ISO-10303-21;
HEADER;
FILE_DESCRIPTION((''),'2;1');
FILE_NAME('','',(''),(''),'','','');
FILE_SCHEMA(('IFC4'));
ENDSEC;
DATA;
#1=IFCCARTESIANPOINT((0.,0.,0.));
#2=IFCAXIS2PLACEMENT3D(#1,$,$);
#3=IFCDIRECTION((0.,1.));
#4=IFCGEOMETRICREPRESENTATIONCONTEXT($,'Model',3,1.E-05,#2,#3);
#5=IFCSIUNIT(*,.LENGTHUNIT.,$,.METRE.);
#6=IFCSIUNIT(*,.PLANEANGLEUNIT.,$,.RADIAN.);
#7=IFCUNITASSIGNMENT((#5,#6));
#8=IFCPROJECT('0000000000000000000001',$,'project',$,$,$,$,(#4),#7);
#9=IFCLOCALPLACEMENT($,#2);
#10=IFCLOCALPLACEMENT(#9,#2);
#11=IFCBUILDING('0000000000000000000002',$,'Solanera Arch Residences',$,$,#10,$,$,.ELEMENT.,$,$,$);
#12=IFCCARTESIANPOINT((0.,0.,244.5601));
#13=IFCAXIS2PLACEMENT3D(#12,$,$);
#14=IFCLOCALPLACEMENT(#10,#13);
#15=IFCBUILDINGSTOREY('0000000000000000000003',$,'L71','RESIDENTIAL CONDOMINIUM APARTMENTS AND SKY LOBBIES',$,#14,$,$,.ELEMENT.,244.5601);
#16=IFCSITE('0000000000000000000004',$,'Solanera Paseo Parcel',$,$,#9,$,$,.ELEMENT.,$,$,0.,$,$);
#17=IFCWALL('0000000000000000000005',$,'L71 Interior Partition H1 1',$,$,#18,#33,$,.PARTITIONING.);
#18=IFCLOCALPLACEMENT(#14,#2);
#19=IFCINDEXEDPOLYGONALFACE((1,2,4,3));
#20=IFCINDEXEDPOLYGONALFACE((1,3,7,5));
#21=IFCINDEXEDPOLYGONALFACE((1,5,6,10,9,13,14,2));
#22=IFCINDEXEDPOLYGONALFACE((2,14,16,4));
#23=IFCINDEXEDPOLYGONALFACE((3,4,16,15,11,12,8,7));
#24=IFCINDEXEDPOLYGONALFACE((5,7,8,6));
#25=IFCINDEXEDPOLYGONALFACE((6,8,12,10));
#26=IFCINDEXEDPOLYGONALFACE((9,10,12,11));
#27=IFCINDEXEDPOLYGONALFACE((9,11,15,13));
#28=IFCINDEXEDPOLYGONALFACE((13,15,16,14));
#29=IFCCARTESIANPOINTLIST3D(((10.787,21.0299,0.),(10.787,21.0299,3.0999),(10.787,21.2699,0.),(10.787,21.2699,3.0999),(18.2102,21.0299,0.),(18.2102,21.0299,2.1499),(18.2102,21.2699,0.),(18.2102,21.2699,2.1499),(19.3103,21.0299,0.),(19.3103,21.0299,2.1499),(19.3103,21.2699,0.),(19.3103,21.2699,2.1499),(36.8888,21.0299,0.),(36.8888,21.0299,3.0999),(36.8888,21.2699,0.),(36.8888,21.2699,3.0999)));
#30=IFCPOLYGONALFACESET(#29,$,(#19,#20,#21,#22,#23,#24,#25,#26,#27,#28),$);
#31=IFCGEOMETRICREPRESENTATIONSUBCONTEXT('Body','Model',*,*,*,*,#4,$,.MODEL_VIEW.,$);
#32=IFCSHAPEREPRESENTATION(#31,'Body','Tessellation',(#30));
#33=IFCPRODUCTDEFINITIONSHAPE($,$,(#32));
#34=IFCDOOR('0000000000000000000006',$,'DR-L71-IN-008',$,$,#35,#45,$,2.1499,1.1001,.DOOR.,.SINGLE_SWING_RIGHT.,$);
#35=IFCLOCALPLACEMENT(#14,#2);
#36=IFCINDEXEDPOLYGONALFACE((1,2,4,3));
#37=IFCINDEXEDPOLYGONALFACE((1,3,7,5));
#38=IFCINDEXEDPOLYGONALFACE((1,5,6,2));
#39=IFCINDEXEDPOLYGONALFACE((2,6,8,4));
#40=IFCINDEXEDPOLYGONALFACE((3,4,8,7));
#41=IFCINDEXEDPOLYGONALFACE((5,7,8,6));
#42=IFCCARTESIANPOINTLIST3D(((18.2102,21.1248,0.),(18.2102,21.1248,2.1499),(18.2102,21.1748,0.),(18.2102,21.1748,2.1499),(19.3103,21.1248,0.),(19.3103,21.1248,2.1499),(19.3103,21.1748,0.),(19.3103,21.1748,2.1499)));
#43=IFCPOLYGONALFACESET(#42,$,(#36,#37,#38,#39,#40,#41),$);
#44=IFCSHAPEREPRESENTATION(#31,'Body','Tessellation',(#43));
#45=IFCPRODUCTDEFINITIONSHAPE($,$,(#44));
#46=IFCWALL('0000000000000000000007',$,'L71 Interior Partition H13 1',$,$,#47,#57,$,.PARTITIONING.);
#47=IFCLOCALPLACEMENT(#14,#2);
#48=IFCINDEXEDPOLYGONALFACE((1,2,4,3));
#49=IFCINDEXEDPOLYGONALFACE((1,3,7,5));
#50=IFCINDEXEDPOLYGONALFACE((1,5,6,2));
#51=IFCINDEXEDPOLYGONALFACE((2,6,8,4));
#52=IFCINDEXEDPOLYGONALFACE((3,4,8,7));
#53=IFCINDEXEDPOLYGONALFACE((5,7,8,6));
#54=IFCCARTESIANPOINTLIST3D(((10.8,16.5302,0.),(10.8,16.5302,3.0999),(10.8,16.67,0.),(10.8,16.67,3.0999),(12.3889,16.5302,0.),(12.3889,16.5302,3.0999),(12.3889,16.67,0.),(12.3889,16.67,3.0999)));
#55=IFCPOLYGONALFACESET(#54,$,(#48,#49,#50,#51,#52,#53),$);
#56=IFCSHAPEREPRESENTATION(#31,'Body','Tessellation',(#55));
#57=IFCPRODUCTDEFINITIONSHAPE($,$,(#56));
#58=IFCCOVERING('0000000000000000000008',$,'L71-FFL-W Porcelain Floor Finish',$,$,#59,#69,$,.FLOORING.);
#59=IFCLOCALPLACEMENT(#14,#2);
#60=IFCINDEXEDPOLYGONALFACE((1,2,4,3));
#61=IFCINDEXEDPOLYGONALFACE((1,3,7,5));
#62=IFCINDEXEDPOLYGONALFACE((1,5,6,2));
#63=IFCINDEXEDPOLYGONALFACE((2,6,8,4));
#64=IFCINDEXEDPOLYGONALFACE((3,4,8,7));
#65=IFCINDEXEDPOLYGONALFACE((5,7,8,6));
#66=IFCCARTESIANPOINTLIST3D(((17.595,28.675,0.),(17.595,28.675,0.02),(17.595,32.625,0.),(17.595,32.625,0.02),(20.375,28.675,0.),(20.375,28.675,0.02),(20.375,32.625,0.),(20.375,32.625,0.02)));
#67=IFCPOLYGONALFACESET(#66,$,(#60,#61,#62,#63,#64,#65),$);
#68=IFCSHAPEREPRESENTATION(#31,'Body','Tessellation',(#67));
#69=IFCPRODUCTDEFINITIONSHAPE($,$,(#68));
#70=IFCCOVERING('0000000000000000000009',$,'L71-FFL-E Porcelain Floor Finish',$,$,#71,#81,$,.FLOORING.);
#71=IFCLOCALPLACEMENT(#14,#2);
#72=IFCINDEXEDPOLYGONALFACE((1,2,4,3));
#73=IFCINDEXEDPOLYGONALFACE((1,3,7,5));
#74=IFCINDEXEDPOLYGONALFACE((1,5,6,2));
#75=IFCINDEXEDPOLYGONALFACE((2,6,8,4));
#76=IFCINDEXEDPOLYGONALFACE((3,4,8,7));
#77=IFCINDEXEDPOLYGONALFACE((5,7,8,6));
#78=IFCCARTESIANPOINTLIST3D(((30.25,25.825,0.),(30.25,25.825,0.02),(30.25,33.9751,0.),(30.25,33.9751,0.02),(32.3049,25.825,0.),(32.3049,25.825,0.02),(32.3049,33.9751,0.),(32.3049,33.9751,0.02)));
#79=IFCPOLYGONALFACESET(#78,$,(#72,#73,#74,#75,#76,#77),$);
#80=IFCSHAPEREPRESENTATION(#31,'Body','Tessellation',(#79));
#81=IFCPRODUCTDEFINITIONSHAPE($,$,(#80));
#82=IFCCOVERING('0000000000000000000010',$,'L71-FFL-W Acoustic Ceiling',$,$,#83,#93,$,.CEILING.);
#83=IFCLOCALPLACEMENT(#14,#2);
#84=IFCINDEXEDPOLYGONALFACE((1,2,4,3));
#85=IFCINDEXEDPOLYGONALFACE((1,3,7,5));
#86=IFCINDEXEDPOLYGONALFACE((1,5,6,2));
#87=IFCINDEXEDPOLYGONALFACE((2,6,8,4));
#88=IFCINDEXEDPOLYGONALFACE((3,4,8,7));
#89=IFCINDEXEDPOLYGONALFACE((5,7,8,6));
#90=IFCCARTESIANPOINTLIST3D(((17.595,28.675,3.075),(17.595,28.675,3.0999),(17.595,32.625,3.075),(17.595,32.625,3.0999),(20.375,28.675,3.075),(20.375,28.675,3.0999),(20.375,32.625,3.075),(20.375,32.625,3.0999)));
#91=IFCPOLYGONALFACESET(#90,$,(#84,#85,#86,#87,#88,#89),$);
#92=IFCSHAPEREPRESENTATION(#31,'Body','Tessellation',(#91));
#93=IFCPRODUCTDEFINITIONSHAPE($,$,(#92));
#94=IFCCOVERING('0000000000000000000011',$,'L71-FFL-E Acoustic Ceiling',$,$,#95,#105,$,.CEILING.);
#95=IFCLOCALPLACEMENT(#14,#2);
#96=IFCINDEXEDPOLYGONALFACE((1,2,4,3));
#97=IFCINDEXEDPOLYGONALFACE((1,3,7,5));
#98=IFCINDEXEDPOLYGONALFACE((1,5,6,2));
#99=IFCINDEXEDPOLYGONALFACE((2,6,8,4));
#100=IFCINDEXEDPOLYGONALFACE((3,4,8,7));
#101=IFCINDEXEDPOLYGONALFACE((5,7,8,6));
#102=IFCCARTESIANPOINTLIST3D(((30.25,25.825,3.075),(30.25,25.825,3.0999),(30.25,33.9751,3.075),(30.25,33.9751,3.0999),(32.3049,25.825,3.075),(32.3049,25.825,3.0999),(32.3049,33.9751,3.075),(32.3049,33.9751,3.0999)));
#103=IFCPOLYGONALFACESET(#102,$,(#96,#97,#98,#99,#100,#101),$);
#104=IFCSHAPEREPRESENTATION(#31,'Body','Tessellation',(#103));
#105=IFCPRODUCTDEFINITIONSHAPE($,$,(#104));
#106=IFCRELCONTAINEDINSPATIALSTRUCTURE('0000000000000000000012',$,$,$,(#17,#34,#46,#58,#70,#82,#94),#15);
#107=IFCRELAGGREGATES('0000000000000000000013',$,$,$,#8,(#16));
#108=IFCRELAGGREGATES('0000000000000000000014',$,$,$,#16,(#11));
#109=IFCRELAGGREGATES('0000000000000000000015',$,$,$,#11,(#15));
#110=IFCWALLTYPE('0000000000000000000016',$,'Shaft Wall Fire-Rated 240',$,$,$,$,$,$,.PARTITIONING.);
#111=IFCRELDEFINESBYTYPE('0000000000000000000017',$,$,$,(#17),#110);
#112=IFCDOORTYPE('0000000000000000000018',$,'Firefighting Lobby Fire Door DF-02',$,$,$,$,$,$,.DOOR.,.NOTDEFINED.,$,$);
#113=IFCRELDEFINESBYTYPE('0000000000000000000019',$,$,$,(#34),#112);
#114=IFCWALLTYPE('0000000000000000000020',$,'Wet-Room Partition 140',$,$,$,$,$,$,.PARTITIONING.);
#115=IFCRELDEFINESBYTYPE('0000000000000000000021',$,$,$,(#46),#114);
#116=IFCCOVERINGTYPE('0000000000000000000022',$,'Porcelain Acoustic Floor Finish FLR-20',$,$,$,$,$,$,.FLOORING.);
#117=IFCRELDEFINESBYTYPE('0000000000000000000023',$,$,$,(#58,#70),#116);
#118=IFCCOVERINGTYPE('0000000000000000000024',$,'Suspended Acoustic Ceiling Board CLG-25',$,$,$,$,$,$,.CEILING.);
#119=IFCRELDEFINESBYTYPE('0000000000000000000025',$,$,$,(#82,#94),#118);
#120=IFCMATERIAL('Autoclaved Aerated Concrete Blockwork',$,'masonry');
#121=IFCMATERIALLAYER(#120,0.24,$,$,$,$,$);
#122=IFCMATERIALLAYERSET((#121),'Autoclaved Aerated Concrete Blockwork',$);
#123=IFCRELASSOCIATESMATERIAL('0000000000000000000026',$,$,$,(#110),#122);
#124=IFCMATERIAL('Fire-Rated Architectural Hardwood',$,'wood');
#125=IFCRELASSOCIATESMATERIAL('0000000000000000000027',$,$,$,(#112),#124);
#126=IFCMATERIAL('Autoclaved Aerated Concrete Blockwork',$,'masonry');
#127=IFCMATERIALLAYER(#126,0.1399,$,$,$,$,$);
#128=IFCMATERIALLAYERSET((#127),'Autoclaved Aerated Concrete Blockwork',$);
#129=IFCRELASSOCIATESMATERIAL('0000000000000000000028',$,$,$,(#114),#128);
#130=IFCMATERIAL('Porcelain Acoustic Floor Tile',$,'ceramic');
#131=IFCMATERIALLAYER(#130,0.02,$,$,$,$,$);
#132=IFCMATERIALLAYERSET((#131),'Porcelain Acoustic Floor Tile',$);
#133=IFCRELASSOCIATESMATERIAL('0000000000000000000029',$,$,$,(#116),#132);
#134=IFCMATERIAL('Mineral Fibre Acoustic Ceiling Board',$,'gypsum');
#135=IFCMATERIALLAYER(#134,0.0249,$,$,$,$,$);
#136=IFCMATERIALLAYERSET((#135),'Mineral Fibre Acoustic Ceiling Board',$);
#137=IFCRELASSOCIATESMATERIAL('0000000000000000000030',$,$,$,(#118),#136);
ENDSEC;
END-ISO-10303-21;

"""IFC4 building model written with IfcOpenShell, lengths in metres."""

from ifc_helpers import new_model, si_unit, direction, frame, frame_2d, origin, place, context, subcontext, project, spatial, polyline, rectangle, outline, extrude, material, layer, layer_set, type_object, element, fill, save


model = new_model("IFC4")

# Units and contexts
model_context = context("Model", 3, precision=1e-05, world=origin(), true_north=direction((0.0, 1.0)))
body_context = subcontext(model_context, "Body", "Model", "MODEL_VIEW")
ifc_project = project(units=[si_unit("LENGTHUNIT", "METRE"), si_unit("PLANEANGLEUNIT", "RADIAN")], contexts=[model_context])

# Site, building, storey
site_placement = place(None, origin())
site = spatial("IfcSite", under=ifc_project, at=site_placement, Name="Solanera Paseo Parcel", CompositionType="ELEMENT", RefElevation=0.0)
building_placement = place(site_placement, origin())
building = spatial("IfcBuilding", under=site, at=building_placement, Name="Solanera Arch Residences", CompositionType="ELEMENT")
storey_placement = place(building_placement, frame((0.0, 0.0, 244.5601)))
storey = spatial("IfcBuildingStorey", under=building, at=storey_placement, Name="L71", Description="RESIDENTIAL CONDOMINIUM APARTMENTS AND SKY LOBBIES", CompositionType="ELEMENT", Elevation=244.5601)

# Wall, opening, door
ifc_material_1 = material(Name="Autoclaved Aerated Concrete Blockwork", Category="masonry")
ifc_layer_1 = layer(ifc_material_1, 0.24)
ifc_layer_set_1 = layer_set([ifc_layer_1], Name="Autoclaved Aerated Concrete Blockwork")
wall_type_1 = type_object("IfcWallType", Name="Shaft Wall Fire-Rated 240", PredefinedType="PARTITIONING", material=ifc_layer_set_1)
wall_1_placement = place(storey_placement, frame((10.7871, 21.1499, 0.0), z_axis=(0.0, 0.0, 1.0), x_axis=(1.0, 0.0, 0.0)))
wall_1 = element("IfcWall", 1, at=wall_1_placement, inside=storey, type_object=wall_type_1, Name="L71 Interior Partition H1 1", PredefinedType="PARTITIONING", context=body_context, shape_type="SweptSolid", body=[
    extrude(rectangle(XDim=26.1018, YDim=0.24, at=frame_2d((13.0508, 0.0))), origin(), (0.0, 0.0, 1.0), 3.0999),
])
opening_1_placement = place(wall_1_placement, frame((7.4231, 0.0, 0.0)))
opening_1 = element("IfcOpeningElement", 2, at=opening_1_placement, cuts=wall_1, PredefinedType="OPENING", context=body_context, shape_type="SweptSolid", body=[
    extrude(rectangle(XDim=1.1001, YDim=2.1499, at=frame_2d((0.55, 1.075))), frame((0.0, 0.1299, 0.0), z_axis=(0.0, -1.0, 0.0), x_axis=(1.0, 0.0, 0.0)), (0.0, 0.0, 1.0), 0.26),
])
ifc_material_2 = material(Name="Fire-Rated Architectural Hardwood", Category="wood")
door_type_1 = type_object("IfcDoorType", Name="Firefighting Lobby Fire Door DF-02", OperationType="NOTDEFINED", PredefinedType="DOOR", material=ifc_material_2)
door_1_placement = place(opening_1_placement, origin())
door_1 = element("IfcDoor", 3, at=door_1_placement, inside=storey, type_object=door_type_1, Name="DR-L71-IN-008", OperationType="SINGLE_SWING_RIGHT", OverallHeight=2.1499, OverallWidth=1.1001, PredefinedType="DOOR", context=body_context, shape_type="SweptSolid", body=[
    extrude(rectangle(XDim=1.1001, YDim=2.1499, at=frame_2d((0.55, 1.075))), frame((0.0, 0.0249, 0.0), z_axis=(0.0, -1.0, 0.0), x_axis=(1.0, 0.0, 0.0)), (0.0, 0.0, 1.0), 0.05),
])
fill(opening_1, door_1)

# Wall
ifc_material_3 = material(Name="Autoclaved Aerated Concrete Blockwork", Category="masonry")
ifc_layer_2 = layer(ifc_material_3, 0.1399)
ifc_layer_set_2 = layer_set([ifc_layer_2], Name="Autoclaved Aerated Concrete Blockwork")
wall_type_2 = type_object("IfcWallType", Name="Wet-Room Partition 140", PredefinedType="PARTITIONING", material=ifc_layer_set_2)
wall_2_placement = place(storey_placement, frame((10.8, 16.6001, 0.0), z_axis=(0.0, 0.0, 1.0), x_axis=(1.0, 0.0, 0.0)))
element("IfcWall", 4, at=wall_2_placement, inside=storey, type_object=wall_type_2, Name="L71 Interior Partition H13 1", PredefinedType="PARTITIONING", context=body_context, shape_type="SweptSolid", body=[
    extrude(rectangle(XDim=1.5889, YDim=0.1399, at=frame_2d((0.7944, 0.0))), origin(), (0.0, 0.0, 1.0), 3.0999),
])

# Coverings
ifc_material_4 = material(Name="Porcelain Acoustic Floor Tile", Category="ceramic")
ifc_layer_3 = layer(ifc_material_4, 0.02)
ifc_layer_set_3 = layer_set([ifc_layer_3], Name="Porcelain Acoustic Floor Tile")
covering_type_1 = type_object("IfcCoveringType", Name="Porcelain Acoustic Floor Finish FLR-20", PredefinedType="FLOORING", material=ifc_layer_set_3)
covering_1_placement = place(storey_placement, origin())
element("IfcCovering", 5, at=covering_1_placement, inside=storey, type_object=covering_type_1, Name="L71-FFL-W Porcelain Floor Finish", PredefinedType="FLOORING", context=body_context, shape_type="SweptSolid", body=[
    extrude(outline(polyline([(20.375, 28.675), (17.595, 28.675), (17.595, 32.625), (20.375, 32.625), (20.375, 28.675)])), origin(), (0.0, 0.0, 1.0), 0.02),
])
covering_2_placement = place(storey_placement, origin())
element("IfcCovering", 6, at=covering_2_placement, inside=storey, type_object=covering_type_1, Name="L71-FFL-E Porcelain Floor Finish", PredefinedType="FLOORING", context=body_context, shape_type="SweptSolid", body=[
    extrude(outline(polyline([(32.3049, 25.825), (30.25, 25.825), (30.25, 33.9751), (32.3049, 33.9751), (32.3049, 25.825)])), origin(), (0.0, 0.0, 1.0), 0.02),
])
ifc_material_5 = material(Name="Mineral Fibre Acoustic Ceiling Board", Category="gypsum")
ifc_layer_4 = layer(ifc_material_5, 0.0249)
ifc_layer_set_4 = layer_set([ifc_layer_4], Name="Mineral Fibre Acoustic Ceiling Board")
covering_type_2 = type_object("IfcCoveringType", Name="Suspended Acoustic Ceiling Board CLG-25", PredefinedType="CEILING", material=ifc_layer_set_4)
covering_3_placement = place(storey_placement, frame((0.0, 0.0, 3.075)))
element("IfcCovering", 7, at=covering_3_placement, inside=storey, type_object=covering_type_2, Name="L71-FFL-W Acoustic Ceiling", PredefinedType="CEILING", context=body_context, shape_type="SweptSolid", body=[
    extrude(outline(polyline([(20.375, 28.675), (17.595, 28.675), (17.595, 32.625), (20.375, 32.625), (20.375, 28.675)])), origin(), (0.0, 0.0, 1.0), 0.0249),
])
covering_4_placement = place(storey_placement, frame((0.0, 0.0, 3.075)))
element("IfcCovering", 8, at=covering_4_placement, inside=storey, type_object=covering_type_2, Name="L71-FFL-E Acoustic Ceiling", PredefinedType="CEILING", context=body_context, shape_type="SweptSolid", body=[
    extrude(outline(polyline([(32.3049, 25.825), (30.25, 25.825), (30.25, 33.9751), (32.3049, 33.9751), (32.3049, 25.825)])), origin(), (0.0, 0.0, 1.0), 0.0249),
])

save(model, "model.ifc")
